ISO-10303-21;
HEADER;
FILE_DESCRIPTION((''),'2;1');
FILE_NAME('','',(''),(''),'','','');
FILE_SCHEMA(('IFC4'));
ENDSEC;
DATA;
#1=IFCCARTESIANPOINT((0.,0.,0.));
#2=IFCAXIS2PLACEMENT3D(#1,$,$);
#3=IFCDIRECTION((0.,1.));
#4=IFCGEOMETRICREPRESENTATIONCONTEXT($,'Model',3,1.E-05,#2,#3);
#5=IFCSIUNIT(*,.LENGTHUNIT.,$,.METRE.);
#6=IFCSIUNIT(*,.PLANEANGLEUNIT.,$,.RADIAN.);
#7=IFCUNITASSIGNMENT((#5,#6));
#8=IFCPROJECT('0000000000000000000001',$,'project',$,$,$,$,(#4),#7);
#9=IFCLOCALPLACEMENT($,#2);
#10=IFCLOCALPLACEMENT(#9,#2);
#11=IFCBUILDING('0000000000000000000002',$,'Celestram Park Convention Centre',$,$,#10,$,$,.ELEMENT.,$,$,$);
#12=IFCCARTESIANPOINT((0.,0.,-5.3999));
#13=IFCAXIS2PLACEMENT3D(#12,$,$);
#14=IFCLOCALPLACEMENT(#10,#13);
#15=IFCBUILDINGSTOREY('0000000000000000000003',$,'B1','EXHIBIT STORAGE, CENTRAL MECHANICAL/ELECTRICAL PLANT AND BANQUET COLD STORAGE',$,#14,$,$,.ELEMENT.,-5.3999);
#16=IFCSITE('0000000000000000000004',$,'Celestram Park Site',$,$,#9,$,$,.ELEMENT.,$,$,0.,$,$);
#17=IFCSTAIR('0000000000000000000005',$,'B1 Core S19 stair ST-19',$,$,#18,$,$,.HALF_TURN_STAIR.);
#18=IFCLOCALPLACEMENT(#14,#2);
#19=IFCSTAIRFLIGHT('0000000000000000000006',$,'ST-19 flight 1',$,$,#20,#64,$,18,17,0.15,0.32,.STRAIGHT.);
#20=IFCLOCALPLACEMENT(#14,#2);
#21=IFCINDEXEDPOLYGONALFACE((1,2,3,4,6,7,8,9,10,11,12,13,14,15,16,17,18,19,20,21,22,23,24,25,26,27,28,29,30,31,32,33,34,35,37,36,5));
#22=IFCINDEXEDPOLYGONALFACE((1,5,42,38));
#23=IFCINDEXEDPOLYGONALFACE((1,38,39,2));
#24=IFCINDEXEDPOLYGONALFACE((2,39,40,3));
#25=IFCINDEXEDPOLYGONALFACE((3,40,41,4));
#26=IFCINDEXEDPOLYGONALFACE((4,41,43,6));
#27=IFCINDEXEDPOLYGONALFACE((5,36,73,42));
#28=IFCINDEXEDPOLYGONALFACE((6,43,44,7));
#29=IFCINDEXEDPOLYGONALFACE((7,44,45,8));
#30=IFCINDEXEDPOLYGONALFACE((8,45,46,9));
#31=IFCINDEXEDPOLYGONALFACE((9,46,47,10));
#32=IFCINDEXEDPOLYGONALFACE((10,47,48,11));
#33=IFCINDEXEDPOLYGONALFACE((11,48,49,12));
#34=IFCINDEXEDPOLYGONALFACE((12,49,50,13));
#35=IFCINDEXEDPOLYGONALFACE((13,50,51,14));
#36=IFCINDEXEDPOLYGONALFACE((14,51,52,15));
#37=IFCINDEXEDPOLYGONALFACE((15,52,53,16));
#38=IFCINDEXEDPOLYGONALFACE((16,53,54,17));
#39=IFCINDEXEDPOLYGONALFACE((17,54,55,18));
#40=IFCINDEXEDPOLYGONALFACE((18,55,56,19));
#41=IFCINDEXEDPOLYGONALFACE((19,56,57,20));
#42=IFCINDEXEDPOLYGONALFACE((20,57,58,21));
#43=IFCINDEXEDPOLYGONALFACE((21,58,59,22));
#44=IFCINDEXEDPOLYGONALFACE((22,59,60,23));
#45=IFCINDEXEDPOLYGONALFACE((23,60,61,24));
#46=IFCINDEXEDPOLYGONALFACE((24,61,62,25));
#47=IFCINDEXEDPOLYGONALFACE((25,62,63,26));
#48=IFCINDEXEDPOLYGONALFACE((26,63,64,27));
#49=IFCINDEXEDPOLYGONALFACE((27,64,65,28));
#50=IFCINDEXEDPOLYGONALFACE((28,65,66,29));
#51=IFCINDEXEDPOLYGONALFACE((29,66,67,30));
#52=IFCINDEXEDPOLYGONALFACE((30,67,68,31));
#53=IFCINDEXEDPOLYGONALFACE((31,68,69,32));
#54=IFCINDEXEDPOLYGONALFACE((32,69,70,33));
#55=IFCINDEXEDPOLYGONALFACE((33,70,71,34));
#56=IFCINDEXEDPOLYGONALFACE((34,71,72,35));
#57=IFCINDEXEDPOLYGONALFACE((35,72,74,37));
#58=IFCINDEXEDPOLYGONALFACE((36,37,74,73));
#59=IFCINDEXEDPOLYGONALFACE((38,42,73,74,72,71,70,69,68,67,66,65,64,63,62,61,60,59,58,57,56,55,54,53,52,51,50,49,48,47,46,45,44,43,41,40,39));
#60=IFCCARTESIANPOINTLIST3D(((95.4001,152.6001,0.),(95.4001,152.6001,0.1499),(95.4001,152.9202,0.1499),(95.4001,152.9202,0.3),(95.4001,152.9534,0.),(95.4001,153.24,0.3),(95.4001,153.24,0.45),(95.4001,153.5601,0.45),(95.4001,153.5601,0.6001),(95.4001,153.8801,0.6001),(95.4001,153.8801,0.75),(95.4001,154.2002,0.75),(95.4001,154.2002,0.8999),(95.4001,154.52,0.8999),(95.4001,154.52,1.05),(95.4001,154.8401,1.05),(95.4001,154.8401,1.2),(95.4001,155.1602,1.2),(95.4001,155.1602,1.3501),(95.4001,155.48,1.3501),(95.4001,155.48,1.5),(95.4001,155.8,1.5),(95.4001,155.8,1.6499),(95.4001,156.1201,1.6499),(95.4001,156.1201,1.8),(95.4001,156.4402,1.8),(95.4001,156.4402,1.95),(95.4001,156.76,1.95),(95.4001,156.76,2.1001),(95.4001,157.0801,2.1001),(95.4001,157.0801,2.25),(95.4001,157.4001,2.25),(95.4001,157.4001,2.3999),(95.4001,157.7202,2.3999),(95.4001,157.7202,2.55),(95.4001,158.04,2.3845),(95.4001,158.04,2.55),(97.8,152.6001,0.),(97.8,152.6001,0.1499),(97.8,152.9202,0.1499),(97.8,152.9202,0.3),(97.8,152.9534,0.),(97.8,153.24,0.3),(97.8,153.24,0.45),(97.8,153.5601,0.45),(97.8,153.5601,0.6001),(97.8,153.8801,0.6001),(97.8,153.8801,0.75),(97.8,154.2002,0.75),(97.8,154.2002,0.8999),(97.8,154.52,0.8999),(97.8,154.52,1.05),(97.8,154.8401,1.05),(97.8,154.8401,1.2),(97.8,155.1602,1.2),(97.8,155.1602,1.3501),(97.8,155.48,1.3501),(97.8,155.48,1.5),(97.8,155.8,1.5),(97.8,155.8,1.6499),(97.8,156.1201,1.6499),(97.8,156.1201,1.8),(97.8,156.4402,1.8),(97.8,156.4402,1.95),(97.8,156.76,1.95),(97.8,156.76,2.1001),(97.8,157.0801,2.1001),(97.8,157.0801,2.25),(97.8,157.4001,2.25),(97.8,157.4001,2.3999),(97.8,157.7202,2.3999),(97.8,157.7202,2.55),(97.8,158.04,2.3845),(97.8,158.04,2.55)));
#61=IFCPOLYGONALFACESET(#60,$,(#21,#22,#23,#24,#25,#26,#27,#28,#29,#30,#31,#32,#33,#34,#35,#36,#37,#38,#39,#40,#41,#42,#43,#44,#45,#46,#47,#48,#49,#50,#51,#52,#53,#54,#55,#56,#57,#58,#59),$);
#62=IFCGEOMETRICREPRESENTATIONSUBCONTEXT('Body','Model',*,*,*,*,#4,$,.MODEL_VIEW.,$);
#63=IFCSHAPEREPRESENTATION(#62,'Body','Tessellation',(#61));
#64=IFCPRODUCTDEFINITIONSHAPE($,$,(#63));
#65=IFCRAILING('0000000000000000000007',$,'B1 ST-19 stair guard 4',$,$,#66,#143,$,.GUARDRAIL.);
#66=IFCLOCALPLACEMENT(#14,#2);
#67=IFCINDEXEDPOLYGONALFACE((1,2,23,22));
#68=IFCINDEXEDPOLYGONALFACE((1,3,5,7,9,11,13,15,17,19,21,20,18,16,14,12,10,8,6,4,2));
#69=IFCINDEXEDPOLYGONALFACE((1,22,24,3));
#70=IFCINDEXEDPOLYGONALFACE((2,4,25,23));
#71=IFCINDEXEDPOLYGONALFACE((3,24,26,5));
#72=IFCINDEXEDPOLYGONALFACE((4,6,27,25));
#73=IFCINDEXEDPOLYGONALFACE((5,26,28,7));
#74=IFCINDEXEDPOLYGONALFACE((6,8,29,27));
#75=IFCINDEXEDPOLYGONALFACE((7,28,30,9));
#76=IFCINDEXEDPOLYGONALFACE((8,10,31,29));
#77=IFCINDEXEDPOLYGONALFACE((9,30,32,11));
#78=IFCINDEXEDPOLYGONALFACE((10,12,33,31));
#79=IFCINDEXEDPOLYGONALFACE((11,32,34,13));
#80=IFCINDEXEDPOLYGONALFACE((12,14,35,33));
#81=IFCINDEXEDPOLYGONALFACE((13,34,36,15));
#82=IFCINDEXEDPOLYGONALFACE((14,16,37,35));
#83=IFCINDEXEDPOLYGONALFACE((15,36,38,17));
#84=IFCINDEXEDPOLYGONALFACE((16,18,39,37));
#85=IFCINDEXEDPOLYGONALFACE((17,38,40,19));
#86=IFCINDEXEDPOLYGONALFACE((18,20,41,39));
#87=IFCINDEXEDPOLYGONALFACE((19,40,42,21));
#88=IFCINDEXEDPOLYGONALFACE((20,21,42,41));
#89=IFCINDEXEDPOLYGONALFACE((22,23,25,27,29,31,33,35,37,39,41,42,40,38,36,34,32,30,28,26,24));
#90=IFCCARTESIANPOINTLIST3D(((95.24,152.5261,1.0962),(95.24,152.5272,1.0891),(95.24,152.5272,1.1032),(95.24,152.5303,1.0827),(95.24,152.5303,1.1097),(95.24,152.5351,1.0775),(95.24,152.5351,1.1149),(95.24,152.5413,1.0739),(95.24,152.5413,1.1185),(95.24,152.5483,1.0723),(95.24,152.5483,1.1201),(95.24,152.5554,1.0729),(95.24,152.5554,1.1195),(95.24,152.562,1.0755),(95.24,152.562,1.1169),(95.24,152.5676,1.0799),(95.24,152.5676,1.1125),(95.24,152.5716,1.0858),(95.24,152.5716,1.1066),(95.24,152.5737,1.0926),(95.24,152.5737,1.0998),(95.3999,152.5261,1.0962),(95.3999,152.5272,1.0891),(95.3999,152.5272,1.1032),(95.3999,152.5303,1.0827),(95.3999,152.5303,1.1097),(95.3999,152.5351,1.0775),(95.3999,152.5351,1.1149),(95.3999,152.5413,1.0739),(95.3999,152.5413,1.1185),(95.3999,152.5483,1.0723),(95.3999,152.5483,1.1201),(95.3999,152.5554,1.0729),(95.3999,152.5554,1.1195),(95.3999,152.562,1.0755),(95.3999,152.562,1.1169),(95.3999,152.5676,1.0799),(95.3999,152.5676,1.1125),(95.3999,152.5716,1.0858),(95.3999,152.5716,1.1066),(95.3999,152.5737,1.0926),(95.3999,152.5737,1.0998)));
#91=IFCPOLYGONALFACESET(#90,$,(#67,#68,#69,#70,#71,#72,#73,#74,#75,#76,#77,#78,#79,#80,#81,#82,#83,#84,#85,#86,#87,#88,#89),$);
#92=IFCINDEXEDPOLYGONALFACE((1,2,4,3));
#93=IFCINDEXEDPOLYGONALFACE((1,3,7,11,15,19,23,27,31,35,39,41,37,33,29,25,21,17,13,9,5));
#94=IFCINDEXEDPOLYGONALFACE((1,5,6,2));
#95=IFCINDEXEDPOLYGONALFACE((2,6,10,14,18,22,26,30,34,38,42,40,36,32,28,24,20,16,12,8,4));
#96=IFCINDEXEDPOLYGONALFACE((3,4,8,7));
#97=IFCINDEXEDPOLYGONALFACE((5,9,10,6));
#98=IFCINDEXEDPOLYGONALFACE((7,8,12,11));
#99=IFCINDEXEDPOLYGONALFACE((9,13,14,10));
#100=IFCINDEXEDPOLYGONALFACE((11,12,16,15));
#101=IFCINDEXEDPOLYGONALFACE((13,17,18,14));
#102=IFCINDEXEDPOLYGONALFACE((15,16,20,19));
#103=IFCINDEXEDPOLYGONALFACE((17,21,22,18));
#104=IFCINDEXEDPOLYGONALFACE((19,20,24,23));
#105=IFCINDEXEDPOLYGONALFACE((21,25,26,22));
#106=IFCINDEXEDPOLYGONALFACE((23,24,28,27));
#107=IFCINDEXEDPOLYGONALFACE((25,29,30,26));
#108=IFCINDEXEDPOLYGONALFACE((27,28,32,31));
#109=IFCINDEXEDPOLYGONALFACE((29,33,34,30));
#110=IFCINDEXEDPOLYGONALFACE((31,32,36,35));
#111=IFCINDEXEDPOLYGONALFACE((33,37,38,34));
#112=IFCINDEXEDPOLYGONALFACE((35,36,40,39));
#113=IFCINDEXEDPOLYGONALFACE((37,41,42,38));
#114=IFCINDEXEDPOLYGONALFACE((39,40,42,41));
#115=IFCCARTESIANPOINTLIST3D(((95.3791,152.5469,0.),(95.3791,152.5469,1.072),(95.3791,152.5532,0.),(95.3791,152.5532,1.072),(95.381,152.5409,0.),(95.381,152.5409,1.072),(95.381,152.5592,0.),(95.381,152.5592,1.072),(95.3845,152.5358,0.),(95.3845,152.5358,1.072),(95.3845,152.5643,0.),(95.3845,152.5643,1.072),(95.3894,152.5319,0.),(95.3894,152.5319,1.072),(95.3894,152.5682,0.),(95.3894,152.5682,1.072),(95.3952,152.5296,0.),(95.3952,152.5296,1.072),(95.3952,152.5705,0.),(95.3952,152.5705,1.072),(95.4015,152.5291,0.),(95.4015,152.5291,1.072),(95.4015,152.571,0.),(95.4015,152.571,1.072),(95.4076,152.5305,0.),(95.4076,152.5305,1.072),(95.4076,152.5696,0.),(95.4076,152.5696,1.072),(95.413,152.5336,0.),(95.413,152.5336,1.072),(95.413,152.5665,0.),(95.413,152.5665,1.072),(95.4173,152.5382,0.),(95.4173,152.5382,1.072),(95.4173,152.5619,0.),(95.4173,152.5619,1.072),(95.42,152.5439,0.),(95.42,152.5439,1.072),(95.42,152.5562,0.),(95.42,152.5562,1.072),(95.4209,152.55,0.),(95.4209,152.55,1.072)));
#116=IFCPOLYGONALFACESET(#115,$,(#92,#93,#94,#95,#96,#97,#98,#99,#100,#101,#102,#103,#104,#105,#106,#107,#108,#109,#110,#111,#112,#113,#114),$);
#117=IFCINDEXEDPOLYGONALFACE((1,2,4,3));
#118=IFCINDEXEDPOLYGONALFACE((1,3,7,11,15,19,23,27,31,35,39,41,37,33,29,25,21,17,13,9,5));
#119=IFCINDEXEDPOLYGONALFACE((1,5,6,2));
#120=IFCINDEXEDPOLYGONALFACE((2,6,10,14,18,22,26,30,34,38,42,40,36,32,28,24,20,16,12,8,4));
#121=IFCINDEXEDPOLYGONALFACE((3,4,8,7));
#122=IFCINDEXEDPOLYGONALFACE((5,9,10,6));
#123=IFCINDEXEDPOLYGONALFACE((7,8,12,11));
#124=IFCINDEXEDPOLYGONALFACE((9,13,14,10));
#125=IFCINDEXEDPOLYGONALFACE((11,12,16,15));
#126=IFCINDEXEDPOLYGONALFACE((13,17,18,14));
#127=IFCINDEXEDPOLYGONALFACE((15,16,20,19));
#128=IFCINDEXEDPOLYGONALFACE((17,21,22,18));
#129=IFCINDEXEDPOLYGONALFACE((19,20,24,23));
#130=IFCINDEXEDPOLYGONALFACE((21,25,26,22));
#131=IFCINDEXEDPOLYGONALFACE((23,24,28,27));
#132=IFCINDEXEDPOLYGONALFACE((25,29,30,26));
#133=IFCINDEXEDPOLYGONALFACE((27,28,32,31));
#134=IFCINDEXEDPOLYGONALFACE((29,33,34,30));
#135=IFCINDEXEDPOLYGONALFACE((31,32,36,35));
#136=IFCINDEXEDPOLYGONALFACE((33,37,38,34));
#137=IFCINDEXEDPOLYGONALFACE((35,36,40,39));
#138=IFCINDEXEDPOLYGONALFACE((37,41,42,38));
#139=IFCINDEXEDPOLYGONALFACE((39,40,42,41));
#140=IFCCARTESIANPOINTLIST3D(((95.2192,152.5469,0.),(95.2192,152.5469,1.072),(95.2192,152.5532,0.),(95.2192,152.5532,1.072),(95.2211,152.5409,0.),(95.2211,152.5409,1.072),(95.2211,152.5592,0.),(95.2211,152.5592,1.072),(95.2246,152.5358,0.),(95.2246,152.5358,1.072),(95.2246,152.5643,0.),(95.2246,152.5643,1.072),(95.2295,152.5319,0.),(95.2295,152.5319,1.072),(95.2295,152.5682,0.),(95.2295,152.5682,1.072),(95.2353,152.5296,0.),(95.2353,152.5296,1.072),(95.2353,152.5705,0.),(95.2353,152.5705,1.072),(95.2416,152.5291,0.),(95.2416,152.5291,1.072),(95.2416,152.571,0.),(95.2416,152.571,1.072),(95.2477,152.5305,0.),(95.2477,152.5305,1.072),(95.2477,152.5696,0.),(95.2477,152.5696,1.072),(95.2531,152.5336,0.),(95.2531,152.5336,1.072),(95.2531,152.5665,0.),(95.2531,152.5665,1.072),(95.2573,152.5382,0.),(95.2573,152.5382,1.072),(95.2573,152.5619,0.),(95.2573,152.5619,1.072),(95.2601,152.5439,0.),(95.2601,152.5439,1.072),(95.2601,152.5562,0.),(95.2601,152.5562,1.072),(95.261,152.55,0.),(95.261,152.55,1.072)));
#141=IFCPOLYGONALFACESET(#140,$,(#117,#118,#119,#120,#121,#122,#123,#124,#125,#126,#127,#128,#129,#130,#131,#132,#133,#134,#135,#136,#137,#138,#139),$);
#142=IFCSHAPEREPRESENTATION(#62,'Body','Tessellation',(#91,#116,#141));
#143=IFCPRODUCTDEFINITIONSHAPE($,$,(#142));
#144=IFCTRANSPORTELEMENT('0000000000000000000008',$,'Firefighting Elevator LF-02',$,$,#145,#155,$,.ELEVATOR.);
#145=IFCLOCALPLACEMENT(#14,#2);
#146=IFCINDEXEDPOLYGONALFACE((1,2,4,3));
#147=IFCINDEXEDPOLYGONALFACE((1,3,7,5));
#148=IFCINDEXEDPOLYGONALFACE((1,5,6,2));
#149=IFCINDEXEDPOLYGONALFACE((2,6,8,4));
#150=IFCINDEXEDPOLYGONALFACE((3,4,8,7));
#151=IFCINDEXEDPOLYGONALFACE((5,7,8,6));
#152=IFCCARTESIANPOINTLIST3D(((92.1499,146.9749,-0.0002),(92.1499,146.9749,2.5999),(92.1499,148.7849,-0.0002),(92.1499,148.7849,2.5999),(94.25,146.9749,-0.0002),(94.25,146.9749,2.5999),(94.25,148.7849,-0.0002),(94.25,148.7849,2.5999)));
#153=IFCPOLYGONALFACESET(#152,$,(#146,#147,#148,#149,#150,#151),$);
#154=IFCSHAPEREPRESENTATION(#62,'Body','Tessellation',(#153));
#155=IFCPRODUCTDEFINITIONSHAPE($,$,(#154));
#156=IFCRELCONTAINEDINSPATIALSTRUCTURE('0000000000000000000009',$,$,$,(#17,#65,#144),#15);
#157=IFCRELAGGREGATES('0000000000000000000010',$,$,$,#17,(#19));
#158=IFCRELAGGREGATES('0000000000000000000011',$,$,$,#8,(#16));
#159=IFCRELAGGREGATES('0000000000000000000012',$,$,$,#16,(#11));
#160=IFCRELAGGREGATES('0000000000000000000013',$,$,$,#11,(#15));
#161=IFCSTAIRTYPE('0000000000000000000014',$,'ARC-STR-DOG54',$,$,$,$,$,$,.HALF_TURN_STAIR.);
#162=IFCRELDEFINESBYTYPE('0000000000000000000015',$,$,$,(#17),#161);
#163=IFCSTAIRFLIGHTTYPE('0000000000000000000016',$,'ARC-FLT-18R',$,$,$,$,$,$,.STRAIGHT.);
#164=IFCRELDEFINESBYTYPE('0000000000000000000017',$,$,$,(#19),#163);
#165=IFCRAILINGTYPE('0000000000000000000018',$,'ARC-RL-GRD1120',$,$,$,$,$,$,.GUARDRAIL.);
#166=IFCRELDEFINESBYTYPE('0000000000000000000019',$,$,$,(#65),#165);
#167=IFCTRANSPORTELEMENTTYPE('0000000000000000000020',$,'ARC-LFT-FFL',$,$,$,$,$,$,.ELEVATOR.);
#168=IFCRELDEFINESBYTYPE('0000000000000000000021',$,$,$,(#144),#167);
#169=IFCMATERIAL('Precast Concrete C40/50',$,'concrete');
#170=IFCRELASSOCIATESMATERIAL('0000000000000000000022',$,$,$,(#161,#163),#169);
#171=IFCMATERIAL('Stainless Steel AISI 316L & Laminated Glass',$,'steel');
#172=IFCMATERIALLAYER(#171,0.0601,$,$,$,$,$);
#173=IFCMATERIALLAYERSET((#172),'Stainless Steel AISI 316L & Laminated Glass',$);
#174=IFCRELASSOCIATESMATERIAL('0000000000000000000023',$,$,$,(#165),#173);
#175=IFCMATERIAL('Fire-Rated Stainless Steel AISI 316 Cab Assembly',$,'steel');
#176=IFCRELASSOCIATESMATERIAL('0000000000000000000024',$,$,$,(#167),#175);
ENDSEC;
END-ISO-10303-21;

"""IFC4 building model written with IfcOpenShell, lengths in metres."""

from ifc_helpers import new_model, si_unit, direction, frame, origin, origin_2d, place, context, subcontext, project, spatial, polyline, rectangle, circle, outline, extrude, material, layer, layer_set, type_object, element, aggregate, save


model = new_model("IFC4")

# Units and contexts
model_context = context("Model", 3, precision=1e-05, world=origin(), true_north=direction((0.0, 1.0)))
body_context = subcontext(model_context, "Body", "Model", "MODEL_VIEW")
ifc_project = project(units=[si_unit("LENGTHUNIT", "METRE"), si_unit("PLANEANGLEUNIT", "RADIAN")], contexts=[model_context])

# Site, building, storey
site_placement = place(None, origin())
site = spatial("IfcSite", under=ifc_project, at=site_placement, Name="Celestram Park Site", CompositionType="ELEMENT", RefElevation=0.0)
building_placement = place(site_placement, origin())
building = spatial("IfcBuilding", under=site, at=building_placement, Name="Celestram Park Convention Centre", CompositionType="ELEMENT")
storey_placement = place(building_placement, frame((0.0, 0.0, -5.3999)))
storey = spatial("IfcBuildingStorey", under=building, at=storey_placement, Name="B1", Description="EXHIBIT STORAGE, CENTRAL MECHANICAL/ELECTRICAL PLANT AND BANQUET COLD STORAGE", CompositionType="ELEMENT", Elevation=-5.3999)

# Stair, stair flight
ifc_material_1 = material(Name="Precast Concrete C40/50", Category="concrete")
stair_type = type_object("IfcStairType", Name="ARC-STR-DOG54", PredefinedType="HALF_TURN_STAIR", material=ifc_material_1)
stair_placement = place(storey_placement, origin())
stair = element("IfcStair", 1, at=stair_placement, inside=storey, type_object=stair_type, Name="B1 Core S19 stair ST-19", PredefinedType="HALF_TURN_STAIR")
stair_flight_type = type_object("IfcStairFlightType", Name="ARC-FLT-18R", PredefinedType="STRAIGHT", material=ifc_material_1)
stair_flight_placement = place(storey_placement, frame((96.6001, 152.6001, 0.0), z_axis=(0.0, 0.0, 1.0), x_axis=(0.0, 1.0, 0.0)))
stair_flight = element("IfcStairFlight", 2, at=stair_flight_placement, type_object=stair_flight_type, Name="ST-19 flight 1", NumberOfRisers=18, NumberOfTreads=17, PredefinedType="STRAIGHT", RiserHeight=0.15, TreadLength=0.32, context=body_context, shape_type="SweptSolid", body=[
    extrude(outline(polyline([(0.0, 0.0), (0.0, 0.1499), (0.3201, 0.1499), (0.3201, 0.3), (0.6399, 0.3), (0.6399, 0.45), (0.96, 0.45), (0.96, 0.6001), (1.28, 0.6001), (1.28, 0.75), (1.6001, 0.75), (1.6001, 0.8999), (1.9199, 0.8999), (1.9199, 1.05), (2.24, 1.05), (2.24, 1.2), (2.5601, 1.2), (2.5601, 1.3501), (2.8799, 1.3501), (2.8799, 1.5), (3.2, 1.5), (3.2, 1.6499), (3.52, 1.6499), (3.52, 1.8), (3.8401, 1.8), (3.8401, 1.95), (4.1599, 1.95), (4.1599, 2.1001), (4.48, 2.1001), (4.48, 2.25), (4.8, 2.25), (4.8, 2.3999), (5.1201, 2.3999), (5.1201, 2.55), (5.4399, 2.55), (5.4399, 2.7), (5.4399, 2.3845), (0.3533, 0.0), (0.0, 0.0)])), frame((0.0, 1.2, 0.0), z_axis=(0.0, -1.0, 0.0), x_axis=(1.0, 0.0, 0.0)), (0.0, 0.0, 1.0), 2.3999),
])
aggregate(stair, [stair_flight])

# Railing
ifc_material_2 = material(Name="Stainless Steel AISI 316L & Laminated Glass", Category="steel")
ifc_layer_1 = layer(ifc_material_2, 0.0601)
ifc_layer_set_1 = layer_set([ifc_layer_1], Name="Stainless Steel AISI 316L & Laminated Glass")
railing_type_1 = type_object("IfcRailingType", Name="ARC-RL-GRD1120", PredefinedType="GUARDRAIL", material=ifc_layer_set_1)
railing_1_placement = place(storey_placement, frame((95.3999, 152.55, 0.0)))
element("IfcRailing", 3, at=railing_1_placement, inside=storey, type_object=railing_type_1, Name="B1 ST-19 stair guard 4", PredefinedType="GUARDRAIL", context=body_context, shape_type="SweptSolid", body=[
    extrude(circle(Radius=0.0239, at=origin_2d()), frame((0.0, 0.0, 1.0962), z_axis=(-1.0, 0.0, 0.0), x_axis=(0.0, -1.0, 0.0)), (0.0, 0.0, 1.0), 0.1599),
    extrude(circle(Radius=0.021, at=origin_2d()), origin(), (0.0, 0.0, 1.0), 1.072),
    extrude(circle(Radius=0.021, at=origin_2d()), frame((-0.1599, 0.0, 0.0)), (0.0, 0.0, 1.0), 1.072),
])

# Transport element
ifc_material_3 = material(Name="Fire-Rated Stainless Steel AISI 316 Cab Assembly", Category="steel")
transport_element_type = type_object("IfcTransportElementType", Name="ARC-LFT-FFL", PredefinedType="ELEVATOR", material=ifc_material_3)
transport_element_placement = place(storey_placement, frame((93.2, 147.8799, -0.0002), z_axis=(0.0, 0.0, 1.0), x_axis=(1.0, 0.0, 0.0)))
element("IfcTransportElement", 4, at=transport_element_placement, inside=storey, type_object=transport_element_type, Name="Firefighting Elevator LF-02", PredefinedType="ELEVATOR", context=body_context, shape_type="SweptSolid", body=[
    extrude(rectangle(XDim=2.1001, YDim=1.8101, at=origin_2d()), origin(), (0.0, 0.0, 1.0), 2.6001),
])

save(model, "model.ifc")
